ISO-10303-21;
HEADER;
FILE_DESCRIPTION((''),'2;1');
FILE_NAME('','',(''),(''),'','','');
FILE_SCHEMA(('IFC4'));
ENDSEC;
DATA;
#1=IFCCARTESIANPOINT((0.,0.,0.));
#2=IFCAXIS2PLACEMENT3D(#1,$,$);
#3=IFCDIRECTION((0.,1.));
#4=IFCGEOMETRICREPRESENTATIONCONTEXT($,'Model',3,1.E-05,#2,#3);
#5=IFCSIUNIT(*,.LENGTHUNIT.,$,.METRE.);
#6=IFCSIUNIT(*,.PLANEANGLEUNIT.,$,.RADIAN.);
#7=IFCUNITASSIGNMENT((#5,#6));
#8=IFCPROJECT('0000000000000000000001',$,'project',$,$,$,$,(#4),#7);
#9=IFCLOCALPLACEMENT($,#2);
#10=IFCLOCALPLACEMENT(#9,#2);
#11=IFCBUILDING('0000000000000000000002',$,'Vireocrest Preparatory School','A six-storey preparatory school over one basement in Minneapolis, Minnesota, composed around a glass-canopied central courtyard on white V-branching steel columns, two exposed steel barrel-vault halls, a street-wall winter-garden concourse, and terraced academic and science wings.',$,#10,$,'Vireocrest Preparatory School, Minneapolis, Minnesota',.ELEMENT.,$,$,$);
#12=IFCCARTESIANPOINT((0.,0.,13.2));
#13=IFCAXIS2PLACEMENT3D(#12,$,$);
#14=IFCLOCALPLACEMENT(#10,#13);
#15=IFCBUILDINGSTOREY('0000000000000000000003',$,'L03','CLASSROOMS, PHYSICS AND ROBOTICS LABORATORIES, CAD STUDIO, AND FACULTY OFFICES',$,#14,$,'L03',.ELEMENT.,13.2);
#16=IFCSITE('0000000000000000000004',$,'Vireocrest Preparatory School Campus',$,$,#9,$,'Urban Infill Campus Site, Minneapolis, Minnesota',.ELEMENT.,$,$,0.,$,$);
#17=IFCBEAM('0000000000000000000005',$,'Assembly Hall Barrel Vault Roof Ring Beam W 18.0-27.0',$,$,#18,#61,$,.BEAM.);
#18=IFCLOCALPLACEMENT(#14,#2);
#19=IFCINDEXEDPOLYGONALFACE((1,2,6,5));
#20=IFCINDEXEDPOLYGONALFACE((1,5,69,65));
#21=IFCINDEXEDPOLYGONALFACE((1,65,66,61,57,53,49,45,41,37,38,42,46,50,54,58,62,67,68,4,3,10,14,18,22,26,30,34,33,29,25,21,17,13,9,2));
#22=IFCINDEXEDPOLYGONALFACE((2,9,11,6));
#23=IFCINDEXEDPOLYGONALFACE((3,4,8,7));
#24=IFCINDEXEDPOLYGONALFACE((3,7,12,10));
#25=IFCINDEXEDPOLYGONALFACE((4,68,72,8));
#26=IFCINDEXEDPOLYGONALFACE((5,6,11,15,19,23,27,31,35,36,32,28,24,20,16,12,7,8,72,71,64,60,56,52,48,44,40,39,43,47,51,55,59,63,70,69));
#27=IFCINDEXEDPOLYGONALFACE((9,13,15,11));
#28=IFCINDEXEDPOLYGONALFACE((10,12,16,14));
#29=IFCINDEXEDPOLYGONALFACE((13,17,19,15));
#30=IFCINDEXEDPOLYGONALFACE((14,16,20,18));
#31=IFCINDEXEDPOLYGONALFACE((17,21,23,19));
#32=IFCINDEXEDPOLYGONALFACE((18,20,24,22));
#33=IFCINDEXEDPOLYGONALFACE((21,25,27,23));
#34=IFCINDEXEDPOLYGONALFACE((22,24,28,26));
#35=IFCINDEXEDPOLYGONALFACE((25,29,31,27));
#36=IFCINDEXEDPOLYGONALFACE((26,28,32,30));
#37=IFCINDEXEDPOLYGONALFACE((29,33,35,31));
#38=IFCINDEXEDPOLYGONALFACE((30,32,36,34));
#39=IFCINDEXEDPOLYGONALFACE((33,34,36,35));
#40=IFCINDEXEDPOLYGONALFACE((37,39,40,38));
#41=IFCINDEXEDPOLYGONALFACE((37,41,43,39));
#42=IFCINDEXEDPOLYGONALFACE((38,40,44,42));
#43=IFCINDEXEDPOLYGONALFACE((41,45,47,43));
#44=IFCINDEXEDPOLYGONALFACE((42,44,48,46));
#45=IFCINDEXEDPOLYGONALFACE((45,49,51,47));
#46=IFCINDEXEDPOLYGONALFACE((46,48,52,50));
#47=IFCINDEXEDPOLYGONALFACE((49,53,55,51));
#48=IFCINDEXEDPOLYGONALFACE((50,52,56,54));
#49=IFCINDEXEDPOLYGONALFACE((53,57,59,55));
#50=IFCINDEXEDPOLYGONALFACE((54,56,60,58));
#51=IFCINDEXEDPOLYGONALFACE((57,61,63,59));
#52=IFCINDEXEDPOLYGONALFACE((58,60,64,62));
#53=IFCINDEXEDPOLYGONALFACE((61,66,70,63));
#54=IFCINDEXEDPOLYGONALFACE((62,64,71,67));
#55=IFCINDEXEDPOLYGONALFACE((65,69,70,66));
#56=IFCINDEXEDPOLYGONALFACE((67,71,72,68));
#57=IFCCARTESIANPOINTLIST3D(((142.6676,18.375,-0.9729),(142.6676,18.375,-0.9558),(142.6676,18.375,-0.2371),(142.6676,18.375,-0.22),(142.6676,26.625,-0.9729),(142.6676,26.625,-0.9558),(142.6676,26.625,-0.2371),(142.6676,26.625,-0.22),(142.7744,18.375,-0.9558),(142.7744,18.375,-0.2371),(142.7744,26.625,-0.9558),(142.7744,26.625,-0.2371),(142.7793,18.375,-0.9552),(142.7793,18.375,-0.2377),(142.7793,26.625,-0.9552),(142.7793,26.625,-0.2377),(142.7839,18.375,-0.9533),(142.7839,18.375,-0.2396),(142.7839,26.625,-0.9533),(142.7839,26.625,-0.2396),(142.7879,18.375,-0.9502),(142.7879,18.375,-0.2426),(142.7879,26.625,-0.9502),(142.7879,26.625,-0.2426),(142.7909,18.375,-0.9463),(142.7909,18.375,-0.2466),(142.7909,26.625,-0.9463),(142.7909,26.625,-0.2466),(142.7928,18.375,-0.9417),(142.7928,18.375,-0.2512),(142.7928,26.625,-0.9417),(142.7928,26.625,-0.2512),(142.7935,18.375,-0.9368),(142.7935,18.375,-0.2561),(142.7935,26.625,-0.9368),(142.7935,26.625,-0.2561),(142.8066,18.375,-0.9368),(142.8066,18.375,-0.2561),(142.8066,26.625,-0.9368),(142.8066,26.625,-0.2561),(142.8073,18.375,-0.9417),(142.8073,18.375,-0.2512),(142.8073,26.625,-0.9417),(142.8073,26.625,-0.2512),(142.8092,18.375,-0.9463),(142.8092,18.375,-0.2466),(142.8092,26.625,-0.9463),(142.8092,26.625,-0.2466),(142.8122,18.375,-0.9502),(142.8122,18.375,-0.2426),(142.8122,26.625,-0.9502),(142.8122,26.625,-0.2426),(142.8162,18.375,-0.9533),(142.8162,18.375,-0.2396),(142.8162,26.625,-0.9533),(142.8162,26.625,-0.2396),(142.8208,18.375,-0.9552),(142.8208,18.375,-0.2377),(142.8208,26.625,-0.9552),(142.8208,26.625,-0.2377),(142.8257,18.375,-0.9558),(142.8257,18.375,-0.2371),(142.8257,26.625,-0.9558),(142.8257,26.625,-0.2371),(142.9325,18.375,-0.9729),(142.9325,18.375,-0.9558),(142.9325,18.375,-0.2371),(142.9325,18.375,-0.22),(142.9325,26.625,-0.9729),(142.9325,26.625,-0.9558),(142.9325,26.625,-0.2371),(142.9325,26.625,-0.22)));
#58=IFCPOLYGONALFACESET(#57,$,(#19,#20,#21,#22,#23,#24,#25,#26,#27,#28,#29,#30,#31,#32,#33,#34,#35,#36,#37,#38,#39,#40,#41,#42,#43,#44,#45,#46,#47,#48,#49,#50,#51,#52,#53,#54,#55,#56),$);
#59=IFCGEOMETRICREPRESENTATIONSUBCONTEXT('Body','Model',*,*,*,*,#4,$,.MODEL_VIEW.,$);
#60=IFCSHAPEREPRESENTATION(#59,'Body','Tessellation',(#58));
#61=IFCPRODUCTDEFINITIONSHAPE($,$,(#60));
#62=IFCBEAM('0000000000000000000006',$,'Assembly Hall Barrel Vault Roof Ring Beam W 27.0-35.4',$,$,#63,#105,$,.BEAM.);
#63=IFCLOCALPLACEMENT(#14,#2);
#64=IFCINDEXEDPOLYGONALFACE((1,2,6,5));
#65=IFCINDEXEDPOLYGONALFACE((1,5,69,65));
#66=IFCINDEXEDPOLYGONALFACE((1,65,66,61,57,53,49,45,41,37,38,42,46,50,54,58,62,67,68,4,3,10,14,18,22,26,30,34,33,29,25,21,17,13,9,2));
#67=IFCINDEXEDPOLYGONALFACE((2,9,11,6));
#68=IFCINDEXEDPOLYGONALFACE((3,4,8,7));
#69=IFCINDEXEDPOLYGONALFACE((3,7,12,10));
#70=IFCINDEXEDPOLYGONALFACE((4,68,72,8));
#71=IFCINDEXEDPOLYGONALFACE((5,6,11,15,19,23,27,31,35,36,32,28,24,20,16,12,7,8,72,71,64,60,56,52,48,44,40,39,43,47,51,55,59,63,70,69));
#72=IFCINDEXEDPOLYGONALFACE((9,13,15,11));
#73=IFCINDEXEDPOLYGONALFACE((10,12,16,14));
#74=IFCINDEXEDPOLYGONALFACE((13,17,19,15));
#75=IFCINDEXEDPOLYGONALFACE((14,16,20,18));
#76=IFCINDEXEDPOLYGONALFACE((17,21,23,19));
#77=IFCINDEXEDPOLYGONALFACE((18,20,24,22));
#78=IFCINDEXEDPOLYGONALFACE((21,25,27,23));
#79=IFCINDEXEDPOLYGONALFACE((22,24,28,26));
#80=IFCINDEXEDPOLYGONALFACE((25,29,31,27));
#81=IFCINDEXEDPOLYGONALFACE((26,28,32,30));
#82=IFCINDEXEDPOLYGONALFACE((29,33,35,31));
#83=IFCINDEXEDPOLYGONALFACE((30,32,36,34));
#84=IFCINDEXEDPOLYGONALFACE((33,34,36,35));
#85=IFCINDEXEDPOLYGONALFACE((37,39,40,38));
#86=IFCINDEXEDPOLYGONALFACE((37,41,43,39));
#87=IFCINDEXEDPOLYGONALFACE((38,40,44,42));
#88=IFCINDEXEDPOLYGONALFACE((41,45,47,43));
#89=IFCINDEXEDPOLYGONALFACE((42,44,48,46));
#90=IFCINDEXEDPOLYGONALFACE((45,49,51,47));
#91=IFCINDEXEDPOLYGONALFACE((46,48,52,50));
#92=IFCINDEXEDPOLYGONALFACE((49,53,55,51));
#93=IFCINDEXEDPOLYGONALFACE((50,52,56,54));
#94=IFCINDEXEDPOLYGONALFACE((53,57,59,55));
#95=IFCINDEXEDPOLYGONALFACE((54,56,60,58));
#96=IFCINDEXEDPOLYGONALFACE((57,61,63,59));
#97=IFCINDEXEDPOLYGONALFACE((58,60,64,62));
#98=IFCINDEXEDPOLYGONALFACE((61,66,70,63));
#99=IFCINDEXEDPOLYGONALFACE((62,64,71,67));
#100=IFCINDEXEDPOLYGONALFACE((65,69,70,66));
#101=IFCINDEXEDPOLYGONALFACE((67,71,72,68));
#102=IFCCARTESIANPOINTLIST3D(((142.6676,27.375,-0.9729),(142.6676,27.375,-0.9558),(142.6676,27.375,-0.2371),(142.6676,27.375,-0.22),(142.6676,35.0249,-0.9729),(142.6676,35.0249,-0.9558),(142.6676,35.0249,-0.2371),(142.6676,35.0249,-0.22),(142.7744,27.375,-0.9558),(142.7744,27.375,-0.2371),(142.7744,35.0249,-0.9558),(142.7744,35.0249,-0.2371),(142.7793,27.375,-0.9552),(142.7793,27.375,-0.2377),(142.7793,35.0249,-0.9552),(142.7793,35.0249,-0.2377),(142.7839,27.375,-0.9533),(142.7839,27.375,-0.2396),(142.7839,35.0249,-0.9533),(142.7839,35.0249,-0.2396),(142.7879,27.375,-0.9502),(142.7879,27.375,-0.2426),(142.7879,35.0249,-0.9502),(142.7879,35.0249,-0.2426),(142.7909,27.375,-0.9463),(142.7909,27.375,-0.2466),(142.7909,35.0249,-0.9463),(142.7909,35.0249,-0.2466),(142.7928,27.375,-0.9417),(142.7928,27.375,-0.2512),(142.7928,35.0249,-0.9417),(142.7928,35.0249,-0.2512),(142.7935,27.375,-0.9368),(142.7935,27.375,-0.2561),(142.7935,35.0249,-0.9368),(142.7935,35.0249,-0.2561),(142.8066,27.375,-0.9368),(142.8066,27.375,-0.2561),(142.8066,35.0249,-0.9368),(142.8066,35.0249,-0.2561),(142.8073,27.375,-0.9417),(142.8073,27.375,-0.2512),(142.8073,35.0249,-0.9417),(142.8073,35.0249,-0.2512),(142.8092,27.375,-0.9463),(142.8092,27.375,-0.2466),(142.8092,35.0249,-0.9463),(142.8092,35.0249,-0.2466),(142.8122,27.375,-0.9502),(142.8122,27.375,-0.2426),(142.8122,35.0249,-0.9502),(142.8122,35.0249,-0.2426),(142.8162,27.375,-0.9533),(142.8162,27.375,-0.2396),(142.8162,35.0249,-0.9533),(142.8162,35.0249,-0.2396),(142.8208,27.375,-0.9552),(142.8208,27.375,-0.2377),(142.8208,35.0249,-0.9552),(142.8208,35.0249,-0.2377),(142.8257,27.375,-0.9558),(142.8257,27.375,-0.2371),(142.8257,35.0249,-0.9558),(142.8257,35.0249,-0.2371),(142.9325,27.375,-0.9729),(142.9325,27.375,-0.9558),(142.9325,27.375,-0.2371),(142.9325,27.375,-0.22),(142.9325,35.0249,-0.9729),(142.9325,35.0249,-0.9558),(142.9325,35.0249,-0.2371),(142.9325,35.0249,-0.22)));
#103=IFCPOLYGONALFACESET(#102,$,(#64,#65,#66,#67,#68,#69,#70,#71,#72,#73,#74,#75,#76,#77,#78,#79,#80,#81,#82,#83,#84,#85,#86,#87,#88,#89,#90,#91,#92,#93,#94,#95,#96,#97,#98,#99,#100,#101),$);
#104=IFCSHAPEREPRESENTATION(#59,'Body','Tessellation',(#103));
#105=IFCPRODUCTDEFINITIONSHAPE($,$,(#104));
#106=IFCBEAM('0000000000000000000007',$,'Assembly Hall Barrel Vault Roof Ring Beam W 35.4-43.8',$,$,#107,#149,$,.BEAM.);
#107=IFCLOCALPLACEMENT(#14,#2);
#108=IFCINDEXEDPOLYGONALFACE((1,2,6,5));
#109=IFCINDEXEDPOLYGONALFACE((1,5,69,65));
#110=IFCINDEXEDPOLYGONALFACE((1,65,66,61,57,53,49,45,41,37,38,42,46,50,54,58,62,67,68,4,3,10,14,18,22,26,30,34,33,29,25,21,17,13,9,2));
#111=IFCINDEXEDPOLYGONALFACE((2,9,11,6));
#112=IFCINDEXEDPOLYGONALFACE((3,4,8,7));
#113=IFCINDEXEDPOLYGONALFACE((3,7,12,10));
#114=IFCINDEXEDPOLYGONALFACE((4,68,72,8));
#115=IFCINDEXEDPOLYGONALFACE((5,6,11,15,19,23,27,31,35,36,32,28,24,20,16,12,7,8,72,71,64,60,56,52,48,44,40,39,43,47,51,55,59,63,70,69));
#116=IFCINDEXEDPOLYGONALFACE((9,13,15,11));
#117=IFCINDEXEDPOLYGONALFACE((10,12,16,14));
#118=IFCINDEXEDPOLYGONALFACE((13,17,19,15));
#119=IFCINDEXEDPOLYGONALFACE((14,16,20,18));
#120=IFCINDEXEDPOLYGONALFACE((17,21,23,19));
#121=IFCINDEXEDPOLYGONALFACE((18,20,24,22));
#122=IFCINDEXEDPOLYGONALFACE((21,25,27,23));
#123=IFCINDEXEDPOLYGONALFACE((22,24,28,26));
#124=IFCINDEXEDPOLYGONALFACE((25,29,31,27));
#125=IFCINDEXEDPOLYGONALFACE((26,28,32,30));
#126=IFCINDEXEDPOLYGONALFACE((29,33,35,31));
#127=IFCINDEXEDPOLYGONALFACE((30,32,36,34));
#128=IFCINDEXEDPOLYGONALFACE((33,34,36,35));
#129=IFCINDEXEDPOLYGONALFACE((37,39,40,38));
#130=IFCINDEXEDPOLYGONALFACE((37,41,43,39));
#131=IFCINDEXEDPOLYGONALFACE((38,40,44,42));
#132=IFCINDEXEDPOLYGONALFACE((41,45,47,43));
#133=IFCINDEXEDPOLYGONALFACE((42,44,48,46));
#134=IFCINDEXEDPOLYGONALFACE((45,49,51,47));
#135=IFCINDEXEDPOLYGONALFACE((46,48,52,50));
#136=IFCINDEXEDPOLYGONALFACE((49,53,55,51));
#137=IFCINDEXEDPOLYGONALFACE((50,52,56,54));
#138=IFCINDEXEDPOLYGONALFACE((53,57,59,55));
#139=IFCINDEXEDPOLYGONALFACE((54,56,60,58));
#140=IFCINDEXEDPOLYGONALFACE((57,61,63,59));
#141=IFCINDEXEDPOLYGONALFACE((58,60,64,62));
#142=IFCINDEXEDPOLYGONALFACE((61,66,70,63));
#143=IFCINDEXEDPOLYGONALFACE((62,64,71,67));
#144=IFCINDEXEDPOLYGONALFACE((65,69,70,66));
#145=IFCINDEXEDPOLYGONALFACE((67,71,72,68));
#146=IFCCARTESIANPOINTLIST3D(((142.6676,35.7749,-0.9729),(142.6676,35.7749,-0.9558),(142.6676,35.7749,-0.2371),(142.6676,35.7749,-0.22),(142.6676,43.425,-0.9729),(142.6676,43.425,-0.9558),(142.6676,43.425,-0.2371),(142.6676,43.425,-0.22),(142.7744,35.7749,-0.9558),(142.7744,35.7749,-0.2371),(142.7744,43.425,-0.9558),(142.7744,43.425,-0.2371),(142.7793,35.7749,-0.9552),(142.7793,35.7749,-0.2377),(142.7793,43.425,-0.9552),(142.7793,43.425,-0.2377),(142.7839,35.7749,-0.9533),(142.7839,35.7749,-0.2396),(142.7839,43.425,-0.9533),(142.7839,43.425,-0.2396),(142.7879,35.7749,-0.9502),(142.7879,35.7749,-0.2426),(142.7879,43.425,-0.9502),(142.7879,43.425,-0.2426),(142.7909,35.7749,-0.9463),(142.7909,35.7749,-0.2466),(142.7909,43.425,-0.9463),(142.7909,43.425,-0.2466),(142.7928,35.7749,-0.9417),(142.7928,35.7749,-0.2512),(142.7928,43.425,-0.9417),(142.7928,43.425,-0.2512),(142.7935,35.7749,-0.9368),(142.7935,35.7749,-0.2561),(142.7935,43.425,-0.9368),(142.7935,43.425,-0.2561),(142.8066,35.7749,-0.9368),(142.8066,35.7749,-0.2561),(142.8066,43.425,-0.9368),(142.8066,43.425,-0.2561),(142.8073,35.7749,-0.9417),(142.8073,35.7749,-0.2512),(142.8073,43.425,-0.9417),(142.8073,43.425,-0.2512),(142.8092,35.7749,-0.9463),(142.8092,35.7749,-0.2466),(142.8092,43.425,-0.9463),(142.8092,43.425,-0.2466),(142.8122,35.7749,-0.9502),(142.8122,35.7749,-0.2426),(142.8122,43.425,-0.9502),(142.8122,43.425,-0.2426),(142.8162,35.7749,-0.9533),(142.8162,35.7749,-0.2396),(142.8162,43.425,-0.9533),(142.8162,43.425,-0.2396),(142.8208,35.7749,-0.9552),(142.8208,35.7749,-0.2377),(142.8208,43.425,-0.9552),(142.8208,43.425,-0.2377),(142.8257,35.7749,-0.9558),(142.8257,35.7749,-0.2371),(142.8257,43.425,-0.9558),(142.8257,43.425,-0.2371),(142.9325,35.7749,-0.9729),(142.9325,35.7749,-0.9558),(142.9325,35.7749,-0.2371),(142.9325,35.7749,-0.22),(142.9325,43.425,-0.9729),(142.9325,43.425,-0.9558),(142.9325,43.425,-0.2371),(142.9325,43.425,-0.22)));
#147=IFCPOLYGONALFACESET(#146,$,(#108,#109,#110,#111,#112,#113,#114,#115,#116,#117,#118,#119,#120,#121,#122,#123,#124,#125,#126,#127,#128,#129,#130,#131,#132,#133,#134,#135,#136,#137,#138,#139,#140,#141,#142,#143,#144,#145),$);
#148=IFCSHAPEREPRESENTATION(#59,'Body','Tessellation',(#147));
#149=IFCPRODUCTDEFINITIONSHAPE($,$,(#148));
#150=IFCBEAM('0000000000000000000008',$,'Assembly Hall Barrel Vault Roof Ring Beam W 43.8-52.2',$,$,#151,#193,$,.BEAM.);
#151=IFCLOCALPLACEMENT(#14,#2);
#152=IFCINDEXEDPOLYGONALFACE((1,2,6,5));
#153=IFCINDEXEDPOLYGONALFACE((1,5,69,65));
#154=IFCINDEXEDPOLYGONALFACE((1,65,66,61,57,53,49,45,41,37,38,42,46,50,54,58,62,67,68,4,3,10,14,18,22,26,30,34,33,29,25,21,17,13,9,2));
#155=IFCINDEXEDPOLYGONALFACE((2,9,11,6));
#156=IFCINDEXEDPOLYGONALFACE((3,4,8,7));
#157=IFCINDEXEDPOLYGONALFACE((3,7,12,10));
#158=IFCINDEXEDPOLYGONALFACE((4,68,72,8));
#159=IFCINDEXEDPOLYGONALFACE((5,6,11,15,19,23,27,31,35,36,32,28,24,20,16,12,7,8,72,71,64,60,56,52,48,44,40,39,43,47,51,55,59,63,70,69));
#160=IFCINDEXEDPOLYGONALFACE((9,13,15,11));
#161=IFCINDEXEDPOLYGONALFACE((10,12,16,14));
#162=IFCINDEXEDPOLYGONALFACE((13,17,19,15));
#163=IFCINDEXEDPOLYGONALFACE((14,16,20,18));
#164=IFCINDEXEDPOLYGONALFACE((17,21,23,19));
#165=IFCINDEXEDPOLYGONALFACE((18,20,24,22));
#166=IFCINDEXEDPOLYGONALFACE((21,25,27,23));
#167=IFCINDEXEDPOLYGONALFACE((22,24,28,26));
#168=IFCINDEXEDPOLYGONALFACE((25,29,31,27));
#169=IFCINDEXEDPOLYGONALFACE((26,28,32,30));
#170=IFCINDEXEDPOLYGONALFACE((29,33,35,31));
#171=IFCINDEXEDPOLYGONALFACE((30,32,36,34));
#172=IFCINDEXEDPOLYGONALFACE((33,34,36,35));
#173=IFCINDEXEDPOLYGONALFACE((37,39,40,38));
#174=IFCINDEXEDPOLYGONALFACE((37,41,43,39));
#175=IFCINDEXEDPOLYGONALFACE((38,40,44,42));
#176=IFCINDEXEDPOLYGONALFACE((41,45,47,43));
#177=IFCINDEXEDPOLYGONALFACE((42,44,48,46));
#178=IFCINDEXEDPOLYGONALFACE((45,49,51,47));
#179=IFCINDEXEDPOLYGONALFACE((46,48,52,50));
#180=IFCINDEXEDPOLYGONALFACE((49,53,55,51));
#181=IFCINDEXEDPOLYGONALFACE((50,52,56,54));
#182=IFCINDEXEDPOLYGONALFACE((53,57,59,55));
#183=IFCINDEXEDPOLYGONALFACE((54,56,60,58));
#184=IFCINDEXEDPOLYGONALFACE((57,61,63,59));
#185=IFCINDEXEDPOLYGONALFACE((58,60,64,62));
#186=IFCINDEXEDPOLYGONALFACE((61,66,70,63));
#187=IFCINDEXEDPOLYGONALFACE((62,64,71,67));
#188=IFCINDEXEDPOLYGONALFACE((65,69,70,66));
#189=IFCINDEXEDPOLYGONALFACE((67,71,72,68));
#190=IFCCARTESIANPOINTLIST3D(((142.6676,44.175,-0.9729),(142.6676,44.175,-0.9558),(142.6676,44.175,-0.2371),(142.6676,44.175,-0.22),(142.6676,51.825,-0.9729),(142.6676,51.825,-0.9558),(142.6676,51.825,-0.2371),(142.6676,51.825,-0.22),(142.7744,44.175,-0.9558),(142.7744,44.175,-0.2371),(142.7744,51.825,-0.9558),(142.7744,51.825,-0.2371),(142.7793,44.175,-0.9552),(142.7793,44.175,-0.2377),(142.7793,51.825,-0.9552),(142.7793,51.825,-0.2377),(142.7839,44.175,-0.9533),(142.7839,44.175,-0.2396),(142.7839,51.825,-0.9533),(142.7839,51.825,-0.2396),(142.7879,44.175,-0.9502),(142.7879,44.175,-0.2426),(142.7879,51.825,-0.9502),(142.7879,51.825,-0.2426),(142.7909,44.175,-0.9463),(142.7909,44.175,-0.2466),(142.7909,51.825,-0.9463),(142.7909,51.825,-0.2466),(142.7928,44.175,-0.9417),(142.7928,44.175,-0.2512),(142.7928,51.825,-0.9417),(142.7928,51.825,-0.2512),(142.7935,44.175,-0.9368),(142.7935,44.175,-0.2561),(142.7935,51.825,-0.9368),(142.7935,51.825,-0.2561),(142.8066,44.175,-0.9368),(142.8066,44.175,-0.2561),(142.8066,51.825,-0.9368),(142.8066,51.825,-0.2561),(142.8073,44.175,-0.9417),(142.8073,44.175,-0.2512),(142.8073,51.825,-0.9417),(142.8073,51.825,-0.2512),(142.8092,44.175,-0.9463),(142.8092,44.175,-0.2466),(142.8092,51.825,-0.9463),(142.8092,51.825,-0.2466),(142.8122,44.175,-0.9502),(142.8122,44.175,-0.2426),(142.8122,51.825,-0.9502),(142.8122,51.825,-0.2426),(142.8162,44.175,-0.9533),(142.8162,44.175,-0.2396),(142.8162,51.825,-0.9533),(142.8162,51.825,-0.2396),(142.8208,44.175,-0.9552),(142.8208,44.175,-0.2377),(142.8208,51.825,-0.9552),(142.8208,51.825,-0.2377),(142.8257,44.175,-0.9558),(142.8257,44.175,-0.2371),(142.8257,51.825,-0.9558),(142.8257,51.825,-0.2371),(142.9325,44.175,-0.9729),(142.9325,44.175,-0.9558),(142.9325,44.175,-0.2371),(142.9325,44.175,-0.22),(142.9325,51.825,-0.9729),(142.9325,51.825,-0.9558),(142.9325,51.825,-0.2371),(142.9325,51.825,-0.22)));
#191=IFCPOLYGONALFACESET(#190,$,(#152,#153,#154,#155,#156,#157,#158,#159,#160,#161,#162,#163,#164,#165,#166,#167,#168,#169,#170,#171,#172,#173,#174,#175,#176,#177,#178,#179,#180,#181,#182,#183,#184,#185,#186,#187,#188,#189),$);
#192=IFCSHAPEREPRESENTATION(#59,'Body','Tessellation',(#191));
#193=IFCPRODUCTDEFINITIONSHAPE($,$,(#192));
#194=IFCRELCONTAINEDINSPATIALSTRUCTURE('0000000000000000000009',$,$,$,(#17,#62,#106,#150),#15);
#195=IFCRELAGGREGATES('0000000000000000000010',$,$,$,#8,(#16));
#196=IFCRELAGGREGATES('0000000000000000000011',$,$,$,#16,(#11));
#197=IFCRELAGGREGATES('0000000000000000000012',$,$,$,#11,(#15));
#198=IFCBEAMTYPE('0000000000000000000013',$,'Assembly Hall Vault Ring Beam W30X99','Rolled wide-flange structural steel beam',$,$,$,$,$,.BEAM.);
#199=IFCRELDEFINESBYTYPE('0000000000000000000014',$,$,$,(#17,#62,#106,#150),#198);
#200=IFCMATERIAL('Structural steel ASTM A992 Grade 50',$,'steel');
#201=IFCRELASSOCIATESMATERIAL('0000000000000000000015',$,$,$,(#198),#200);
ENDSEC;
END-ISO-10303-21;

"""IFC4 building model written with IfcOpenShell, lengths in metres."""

from ifc_helpers import new_model, si_unit, direction, frame, origin, origin_2d, place, context, subcontext, project, spatial, i_section, extrude, material, material_profile, profile_set, type_object, element, save


model = new_model("IFC4")

# Units and contexts
model_context = context("Model", 3, precision=1e-05, world=origin(), true_north=direction((0.0, 1.0)))
body_context = subcontext(model_context, "Body", "Model", "MODEL_VIEW")
ifc_project = project(units=[si_unit("LENGTHUNIT", "METRE"), si_unit("PLANEANGLEUNIT", "RADIAN")], contexts=[model_context])

# Site, building, storey
site_placement = place(None, origin())
site = spatial("IfcSite", under=ifc_project, at=site_placement, Name="Vireocrest Preparatory School Campus", LongName="Urban Infill Campus Site, Minneapolis, Minnesota", CompositionType="ELEMENT", RefElevation=0.0)
building_placement = place(site_placement, origin())
building = spatial("IfcBuilding", under=site, at=building_placement, Name="Vireocrest Preparatory School", Description="A six-storey preparatory school over one basement in Minneapolis, Minnesota, composed around a glass-canopied central courtyard on white V-branching steel columns, two exposed steel barrel-vault halls, a street-wall winter-garden concourse, and terraced academic and science wings.", LongName="Vireocrest Preparatory School, Minneapolis, Minnesota", CompositionType="ELEMENT")
storey_placement = place(building_placement, frame((0.0, 0.0, 13.2)))
storey = spatial("IfcBuildingStorey", under=building, at=storey_placement, Name="L03", Description="CLASSROOMS, PHYSICS AND ROBOTICS LABORATORIES, CAD STUDIO, AND FACULTY OFFICES", LongName="L03", CompositionType="ELEMENT", Elevation=13.2)

# Beams
ifc_material_1 = material(Name="Structural steel ASTM A992 Grade 50", Category="steel")
ifc_material_profile_1 = material_profile(ifc_material_1, i_section(OverallWidth=0.2649, OverallDepth=0.7529, WebThickness=0.0132, FlangeThickness=0.0171, FilletRadius=0.019, at=origin_2d()), Name="W30X99")
ifc_profile_set_1 = profile_set([ifc_material_profile_1], Name="Structural steel ASTM A992 Grade 50")
beam_type_1 = type_object("IfcBeamType", Name="Assembly Hall Vault Ring Beam W30X99", Description="Rolled wide-flange structural steel beam", PredefinedType="BEAM", material=ifc_profile_set_1)
beam_1_placement = place(storey_placement, frame((142.8, 18.375, -0.5964), z_axis=(0.0, 1.0, 0.0), x_axis=(-1.0, 0.0, 0.0)))
element("IfcBeam", 1, at=beam_1_placement, inside=storey, type_object=beam_type_1, Name="Assembly Hall Barrel Vault Roof Ring Beam W 18.0-27.0", PredefinedType="BEAM", context=body_context, shape_type="SweptSolid", body=[
    extrude(i_section(OverallWidth=0.2649, OverallDepth=0.7529, WebThickness=0.0132, FlangeThickness=0.0171, FilletRadius=0.019, at=origin_2d()), origin(), (0.0, 0.0, 1.0), 8.25),
])
beam_2_placement = place(storey_placement, frame((142.8, 27.375, -0.5964), z_axis=(0.0, 1.0, 0.0), x_axis=(-1.0, 0.0, 0.0)))
element("IfcBeam", 2, at=beam_2_placement, inside=storey, type_object=beam_type_1, Name="Assembly Hall Barrel Vault Roof Ring Beam W 27.0-35.4", PredefinedType="BEAM", context=body_context, shape_type="SweptSolid", body=[
    extrude(i_section(OverallWidth=0.2649, OverallDepth=0.7529, WebThickness=0.0132, FlangeThickness=0.0171, FilletRadius=0.019, at=origin_2d()), origin(), (0.0, 0.0, 1.0), 7.6499),
])
beam_3_placement = place(storey_placement, frame((142.8, 35.7749, -0.5964), z_axis=(0.0, 1.0, 0.0), x_axis=(-1.0, 0.0, 0.0)))
element("IfcBeam", 3, at=beam_3_placement, inside=storey, type_object=beam_type_1, Name="Assembly Hall Barrel Vault Roof Ring Beam W 35.4-43.8", PredefinedType="BEAM", context=body_context, shape_type="SweptSolid", body=[
    extrude(i_section(OverallWidth=0.2649, OverallDepth=0.7529, WebThickness=0.0132, FlangeThickness=0.0171, FilletRadius=0.019, at=origin_2d()), origin(), (0.0, 0.0, 1.0), 7.6501),
])
beam_4_placement = place(storey_placement, frame((142.8, 44.175, -0.5964), z_axis=(0.0, 1.0, 0.0), x_axis=(-1.0, 0.0, 0.0)))
element("IfcBeam", 4, at=beam_4_placement, inside=storey, type_object=beam_type_1, Name="Assembly Hall Barrel Vault Roof Ring Beam W 43.8-52.2", PredefinedType="BEAM", context=body_context, shape_type="SweptSolid", body=[
    extrude(i_section(OverallWidth=0.2649, OverallDepth=0.7529, WebThickness=0.0132, FlangeThickness=0.0171, FilletRadius=0.019, at=origin_2d()), origin(), (0.0, 0.0, 1.0), 7.6499),
])

save(model, "model.ifc")
